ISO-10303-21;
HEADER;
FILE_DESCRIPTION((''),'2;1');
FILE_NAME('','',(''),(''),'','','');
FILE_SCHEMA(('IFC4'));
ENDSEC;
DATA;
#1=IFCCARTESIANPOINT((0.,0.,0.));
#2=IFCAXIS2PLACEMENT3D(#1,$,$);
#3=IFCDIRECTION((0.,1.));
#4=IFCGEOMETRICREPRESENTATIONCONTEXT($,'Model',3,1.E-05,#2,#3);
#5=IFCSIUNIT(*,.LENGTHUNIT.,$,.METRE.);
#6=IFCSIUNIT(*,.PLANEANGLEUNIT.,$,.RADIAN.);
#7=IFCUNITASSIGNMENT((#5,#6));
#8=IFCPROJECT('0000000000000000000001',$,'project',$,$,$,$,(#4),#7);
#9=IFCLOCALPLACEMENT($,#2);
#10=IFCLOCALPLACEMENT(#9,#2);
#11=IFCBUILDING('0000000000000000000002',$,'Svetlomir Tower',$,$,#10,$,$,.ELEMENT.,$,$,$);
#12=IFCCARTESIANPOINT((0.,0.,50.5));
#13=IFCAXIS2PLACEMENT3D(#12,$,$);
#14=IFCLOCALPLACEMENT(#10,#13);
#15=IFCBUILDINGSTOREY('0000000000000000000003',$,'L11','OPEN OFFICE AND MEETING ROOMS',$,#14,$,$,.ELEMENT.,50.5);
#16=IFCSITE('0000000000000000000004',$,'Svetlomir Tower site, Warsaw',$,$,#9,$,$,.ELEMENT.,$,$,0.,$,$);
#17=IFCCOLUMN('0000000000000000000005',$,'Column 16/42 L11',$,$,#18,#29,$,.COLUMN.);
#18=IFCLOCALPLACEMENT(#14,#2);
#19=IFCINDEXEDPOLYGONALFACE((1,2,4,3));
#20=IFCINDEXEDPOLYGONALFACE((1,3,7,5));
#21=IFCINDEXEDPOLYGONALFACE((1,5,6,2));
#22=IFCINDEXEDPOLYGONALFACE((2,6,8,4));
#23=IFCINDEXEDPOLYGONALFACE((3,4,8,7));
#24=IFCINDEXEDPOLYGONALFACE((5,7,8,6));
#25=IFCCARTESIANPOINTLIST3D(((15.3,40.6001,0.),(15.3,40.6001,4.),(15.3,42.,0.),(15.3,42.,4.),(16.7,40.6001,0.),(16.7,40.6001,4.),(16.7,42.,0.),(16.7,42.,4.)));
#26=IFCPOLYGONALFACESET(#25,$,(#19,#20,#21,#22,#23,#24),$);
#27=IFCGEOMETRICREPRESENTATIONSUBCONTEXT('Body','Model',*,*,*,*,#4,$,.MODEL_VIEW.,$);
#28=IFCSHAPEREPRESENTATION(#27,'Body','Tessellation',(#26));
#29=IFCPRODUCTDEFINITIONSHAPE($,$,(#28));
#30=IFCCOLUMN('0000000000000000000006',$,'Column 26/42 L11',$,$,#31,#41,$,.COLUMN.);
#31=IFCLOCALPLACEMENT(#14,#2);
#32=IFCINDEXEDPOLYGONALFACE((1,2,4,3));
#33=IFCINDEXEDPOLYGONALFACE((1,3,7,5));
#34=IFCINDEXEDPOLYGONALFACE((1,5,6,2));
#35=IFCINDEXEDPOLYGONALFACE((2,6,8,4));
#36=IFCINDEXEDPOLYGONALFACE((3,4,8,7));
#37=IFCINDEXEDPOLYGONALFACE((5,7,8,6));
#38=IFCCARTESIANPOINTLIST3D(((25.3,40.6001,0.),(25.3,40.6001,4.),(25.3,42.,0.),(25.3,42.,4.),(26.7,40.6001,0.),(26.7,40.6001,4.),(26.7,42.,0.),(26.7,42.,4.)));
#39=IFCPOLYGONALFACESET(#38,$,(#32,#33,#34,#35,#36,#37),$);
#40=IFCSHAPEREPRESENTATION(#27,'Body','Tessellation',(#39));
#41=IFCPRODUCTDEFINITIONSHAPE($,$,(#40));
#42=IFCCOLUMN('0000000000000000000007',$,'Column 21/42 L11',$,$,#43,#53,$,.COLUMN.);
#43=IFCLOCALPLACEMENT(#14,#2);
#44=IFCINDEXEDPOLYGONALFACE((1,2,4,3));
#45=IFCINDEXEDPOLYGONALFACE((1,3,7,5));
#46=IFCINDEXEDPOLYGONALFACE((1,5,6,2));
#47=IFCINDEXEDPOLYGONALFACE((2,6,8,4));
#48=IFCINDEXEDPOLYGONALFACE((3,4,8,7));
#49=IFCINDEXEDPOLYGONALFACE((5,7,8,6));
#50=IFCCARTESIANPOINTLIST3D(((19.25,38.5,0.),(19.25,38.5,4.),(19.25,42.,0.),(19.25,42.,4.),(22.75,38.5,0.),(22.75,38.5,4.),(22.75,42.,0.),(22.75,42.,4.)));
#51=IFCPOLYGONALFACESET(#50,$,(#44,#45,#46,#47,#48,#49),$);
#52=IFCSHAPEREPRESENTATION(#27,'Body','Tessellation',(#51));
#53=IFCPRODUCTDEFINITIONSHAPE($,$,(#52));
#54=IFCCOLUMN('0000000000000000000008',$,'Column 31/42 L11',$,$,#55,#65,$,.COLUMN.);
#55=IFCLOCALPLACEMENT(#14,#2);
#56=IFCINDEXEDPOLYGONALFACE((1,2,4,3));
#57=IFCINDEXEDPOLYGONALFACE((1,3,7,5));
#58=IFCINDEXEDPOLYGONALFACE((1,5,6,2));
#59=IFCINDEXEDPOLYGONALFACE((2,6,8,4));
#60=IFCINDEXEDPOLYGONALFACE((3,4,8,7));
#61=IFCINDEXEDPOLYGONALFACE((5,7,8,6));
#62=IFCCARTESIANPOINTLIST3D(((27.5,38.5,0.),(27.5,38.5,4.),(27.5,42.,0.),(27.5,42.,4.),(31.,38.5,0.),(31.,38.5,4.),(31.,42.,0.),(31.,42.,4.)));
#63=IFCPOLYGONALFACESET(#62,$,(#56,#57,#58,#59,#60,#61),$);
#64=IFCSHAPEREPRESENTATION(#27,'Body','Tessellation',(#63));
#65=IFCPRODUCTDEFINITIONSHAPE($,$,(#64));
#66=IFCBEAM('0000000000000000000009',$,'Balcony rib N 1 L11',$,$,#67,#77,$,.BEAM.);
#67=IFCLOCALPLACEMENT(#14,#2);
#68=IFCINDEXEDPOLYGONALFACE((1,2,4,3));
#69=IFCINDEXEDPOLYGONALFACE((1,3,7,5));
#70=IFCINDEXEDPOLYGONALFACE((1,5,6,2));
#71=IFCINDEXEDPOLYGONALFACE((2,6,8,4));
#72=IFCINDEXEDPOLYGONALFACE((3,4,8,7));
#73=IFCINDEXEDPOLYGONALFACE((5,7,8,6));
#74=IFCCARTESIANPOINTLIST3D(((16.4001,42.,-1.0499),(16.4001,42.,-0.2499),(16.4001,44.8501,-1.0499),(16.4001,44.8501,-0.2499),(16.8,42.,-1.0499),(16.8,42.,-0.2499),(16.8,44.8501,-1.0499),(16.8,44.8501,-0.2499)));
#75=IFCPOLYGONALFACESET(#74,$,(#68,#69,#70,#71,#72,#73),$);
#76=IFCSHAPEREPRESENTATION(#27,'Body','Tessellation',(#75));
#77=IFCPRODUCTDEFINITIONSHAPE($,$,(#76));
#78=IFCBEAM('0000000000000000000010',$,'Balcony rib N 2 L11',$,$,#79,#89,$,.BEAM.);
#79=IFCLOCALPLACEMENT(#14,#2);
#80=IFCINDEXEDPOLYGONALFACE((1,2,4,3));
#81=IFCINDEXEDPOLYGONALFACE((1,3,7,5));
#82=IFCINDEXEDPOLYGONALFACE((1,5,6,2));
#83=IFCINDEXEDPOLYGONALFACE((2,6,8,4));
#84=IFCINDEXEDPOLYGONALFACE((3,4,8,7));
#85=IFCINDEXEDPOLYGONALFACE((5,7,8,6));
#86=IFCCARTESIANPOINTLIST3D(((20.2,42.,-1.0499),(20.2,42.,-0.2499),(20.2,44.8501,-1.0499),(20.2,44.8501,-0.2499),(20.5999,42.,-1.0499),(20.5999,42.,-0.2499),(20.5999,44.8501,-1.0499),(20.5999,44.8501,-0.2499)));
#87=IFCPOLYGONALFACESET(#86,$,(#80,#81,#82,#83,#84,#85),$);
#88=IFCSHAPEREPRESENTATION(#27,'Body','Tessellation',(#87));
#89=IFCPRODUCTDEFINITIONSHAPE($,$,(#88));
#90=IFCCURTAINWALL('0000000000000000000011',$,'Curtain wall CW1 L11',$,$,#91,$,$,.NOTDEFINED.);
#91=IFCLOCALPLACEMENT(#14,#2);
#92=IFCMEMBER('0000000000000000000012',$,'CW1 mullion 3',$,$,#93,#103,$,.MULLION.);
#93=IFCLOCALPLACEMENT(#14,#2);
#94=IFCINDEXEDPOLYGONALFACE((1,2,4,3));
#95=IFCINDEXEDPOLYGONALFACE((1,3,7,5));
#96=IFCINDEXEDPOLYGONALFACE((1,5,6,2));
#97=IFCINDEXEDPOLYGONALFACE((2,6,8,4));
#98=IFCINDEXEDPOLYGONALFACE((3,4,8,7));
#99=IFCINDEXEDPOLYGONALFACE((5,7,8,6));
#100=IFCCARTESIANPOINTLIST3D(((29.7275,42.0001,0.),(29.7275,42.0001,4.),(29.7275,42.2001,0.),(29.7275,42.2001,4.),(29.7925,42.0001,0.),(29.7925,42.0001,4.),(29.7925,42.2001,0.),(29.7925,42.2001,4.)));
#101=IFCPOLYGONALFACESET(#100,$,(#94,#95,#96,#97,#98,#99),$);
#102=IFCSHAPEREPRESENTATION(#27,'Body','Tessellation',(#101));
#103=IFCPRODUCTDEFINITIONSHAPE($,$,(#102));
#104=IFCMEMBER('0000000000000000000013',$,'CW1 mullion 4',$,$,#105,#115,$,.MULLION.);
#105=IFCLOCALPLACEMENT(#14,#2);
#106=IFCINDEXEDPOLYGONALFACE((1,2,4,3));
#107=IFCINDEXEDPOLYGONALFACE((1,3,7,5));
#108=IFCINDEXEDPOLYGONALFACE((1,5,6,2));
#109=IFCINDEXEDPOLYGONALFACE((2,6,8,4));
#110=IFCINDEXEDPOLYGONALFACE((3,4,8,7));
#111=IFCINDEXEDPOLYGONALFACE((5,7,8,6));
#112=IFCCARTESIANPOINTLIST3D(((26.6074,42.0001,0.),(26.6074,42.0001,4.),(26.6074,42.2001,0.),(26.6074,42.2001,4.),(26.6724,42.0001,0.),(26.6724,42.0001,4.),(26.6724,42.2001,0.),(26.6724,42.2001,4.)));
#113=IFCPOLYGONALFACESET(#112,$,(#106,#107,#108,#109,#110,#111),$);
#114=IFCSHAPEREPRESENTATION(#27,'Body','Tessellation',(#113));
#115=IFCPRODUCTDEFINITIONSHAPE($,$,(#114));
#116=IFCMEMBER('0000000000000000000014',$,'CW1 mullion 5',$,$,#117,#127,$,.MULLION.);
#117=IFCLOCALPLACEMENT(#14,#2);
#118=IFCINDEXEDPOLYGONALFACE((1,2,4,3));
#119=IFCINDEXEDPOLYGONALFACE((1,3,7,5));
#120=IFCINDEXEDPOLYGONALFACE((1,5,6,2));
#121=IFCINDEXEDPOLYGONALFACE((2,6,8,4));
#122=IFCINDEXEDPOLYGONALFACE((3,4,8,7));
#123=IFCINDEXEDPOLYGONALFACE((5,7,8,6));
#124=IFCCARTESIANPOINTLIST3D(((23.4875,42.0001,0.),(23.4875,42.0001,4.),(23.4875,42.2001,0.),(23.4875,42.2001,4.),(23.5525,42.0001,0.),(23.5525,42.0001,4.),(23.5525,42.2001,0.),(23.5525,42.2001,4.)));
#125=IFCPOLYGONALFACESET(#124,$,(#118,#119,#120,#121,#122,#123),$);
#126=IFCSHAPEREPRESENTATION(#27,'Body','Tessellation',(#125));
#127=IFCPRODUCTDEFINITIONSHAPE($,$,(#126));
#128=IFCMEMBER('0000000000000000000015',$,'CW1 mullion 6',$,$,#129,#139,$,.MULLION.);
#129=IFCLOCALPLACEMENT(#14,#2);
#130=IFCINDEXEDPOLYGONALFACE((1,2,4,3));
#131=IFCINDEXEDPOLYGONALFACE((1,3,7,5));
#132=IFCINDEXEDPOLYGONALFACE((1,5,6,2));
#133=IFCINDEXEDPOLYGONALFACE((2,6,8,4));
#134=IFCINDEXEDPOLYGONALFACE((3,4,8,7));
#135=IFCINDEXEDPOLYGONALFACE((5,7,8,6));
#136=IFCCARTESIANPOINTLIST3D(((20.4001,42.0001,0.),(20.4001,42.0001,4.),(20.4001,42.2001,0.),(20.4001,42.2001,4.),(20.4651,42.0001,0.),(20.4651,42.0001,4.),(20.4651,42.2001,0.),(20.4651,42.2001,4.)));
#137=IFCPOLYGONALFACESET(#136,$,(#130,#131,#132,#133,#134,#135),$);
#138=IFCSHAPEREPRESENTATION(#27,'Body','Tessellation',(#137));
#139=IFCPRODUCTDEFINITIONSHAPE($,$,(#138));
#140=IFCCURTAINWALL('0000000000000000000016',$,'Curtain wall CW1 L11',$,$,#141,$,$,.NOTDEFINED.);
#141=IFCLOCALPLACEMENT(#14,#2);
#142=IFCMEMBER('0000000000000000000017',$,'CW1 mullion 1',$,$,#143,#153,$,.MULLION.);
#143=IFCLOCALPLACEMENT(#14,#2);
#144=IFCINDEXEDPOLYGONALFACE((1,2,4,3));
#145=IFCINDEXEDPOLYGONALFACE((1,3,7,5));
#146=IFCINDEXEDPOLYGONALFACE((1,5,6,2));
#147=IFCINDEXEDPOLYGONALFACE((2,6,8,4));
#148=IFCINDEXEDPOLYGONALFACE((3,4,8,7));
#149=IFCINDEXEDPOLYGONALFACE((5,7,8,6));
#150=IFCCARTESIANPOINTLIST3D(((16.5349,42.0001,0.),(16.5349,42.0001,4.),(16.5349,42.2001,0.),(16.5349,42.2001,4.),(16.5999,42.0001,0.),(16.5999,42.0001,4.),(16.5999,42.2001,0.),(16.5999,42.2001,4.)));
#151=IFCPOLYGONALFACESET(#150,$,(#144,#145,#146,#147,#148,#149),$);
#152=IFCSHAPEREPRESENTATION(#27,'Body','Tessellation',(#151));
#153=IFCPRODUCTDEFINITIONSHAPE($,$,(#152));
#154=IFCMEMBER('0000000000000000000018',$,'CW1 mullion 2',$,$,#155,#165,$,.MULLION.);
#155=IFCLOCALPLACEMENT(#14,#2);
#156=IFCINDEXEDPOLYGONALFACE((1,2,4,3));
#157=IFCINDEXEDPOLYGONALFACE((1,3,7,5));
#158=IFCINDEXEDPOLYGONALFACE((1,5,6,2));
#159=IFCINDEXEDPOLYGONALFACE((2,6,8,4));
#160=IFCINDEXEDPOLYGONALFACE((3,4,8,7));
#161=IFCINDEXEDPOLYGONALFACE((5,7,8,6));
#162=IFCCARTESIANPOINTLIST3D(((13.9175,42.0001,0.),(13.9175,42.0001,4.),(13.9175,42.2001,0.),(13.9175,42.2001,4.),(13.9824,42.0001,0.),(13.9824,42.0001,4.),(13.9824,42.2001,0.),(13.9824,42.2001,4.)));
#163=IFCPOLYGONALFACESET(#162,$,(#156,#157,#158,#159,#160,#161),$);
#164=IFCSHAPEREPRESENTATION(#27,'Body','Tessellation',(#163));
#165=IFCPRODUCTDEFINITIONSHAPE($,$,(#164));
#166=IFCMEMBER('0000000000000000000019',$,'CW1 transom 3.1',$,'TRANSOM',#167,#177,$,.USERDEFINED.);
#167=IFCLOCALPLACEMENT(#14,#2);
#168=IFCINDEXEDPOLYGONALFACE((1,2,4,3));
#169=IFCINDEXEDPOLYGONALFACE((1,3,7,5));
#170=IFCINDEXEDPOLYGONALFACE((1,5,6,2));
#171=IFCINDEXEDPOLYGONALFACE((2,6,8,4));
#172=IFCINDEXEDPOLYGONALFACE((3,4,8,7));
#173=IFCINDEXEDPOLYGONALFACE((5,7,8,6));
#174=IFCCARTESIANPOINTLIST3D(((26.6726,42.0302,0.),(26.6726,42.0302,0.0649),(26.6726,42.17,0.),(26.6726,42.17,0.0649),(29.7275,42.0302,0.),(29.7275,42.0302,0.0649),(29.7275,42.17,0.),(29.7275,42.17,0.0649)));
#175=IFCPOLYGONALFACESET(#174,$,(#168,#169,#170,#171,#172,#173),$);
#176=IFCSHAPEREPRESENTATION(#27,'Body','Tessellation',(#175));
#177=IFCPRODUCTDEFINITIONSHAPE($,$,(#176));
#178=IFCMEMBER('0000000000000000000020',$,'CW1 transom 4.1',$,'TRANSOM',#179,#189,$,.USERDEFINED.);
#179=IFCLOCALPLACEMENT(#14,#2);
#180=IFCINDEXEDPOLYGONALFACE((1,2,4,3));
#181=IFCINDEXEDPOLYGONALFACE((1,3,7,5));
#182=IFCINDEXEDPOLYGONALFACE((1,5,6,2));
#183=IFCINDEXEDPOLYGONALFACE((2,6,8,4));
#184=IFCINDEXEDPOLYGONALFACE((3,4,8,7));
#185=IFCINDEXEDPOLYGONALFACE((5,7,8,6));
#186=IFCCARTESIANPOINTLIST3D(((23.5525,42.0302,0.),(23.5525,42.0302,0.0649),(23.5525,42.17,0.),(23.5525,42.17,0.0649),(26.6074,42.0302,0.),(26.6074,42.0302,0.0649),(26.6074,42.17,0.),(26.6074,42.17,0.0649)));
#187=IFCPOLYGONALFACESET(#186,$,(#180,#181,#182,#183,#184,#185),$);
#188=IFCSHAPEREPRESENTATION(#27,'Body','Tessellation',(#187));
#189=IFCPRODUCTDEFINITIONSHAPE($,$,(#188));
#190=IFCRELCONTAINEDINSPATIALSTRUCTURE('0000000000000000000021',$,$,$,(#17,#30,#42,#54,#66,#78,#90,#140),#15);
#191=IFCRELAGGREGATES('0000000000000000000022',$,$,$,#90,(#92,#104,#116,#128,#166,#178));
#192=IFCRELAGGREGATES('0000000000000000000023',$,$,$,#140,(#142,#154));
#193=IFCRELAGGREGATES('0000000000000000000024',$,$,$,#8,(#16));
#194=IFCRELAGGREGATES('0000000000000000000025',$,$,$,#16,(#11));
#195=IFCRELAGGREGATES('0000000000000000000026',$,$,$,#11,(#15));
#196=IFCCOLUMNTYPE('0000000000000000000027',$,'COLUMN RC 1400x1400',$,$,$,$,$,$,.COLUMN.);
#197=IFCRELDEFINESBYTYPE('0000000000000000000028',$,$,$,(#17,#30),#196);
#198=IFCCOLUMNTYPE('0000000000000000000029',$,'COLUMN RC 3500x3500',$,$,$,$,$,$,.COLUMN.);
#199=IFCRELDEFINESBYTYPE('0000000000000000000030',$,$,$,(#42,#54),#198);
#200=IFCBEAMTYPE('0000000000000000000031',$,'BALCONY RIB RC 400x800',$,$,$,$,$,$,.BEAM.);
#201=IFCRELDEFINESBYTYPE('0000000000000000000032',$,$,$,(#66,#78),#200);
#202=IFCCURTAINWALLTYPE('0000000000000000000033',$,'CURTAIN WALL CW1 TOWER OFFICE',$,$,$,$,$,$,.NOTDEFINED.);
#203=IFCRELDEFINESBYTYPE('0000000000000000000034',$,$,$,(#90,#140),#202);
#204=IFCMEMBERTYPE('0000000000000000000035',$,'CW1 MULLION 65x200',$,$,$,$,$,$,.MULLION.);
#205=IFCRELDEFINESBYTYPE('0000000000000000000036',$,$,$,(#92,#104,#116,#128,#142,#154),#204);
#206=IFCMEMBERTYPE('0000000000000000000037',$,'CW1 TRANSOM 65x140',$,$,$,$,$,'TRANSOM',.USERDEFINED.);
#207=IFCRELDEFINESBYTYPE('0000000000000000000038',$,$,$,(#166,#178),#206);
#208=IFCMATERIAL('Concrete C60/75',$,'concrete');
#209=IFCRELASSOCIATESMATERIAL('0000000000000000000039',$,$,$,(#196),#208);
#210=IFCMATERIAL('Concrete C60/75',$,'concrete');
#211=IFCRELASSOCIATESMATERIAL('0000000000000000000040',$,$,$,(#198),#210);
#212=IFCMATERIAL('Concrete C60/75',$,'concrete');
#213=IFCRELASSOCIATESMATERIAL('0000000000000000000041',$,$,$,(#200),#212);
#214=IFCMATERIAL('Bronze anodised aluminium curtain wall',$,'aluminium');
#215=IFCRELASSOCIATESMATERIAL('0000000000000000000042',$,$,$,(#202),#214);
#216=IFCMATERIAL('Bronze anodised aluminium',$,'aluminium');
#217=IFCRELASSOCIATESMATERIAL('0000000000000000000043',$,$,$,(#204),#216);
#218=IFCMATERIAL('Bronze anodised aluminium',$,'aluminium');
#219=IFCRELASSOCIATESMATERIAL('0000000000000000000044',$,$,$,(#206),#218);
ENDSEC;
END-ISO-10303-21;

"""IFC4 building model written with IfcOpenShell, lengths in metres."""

from ifc_helpers import new_model, si_unit, direction, frame, origin, origin_2d, place, context, subcontext, project, spatial, rectangle, extrude, material, material_profile, profile_set, type_object, element, aggregate, save


model = new_model("IFC4")

# Units and contexts
model_context = context("Model", 3, precision=1e-05, world=origin(), true_north=direction((0.0, 1.0)))
body_context = subcontext(model_context, "Body", "Model", "MODEL_VIEW")
ifc_project = project(units=[si_unit("LENGTHUNIT", "METRE"), si_unit("PLANEANGLEUNIT", "RADIAN")], contexts=[model_context])

# Site, building, storey
site_placement = place(None, origin())
site = spatial("IfcSite", under=ifc_project, at=site_placement, Name="Svetlomir Tower site, Warsaw", CompositionType="ELEMENT", RefElevation=0.0)
building_placement = place(site_placement, origin())
building = spatial("IfcBuilding", under=site, at=building_placement, Name="Svetlomir Tower", CompositionType="ELEMENT")
storey_placement = place(building_placement, frame((0.0, 0.0, 50.5)))
storey = spatial("IfcBuildingStorey", under=building, at=storey_placement, Name="L11", Description="OPEN OFFICE AND MEETING ROOMS", CompositionType="ELEMENT", Elevation=50.5)

# Columns
ifc_material_1 = material(Name="Concrete C60/75", Category="concrete")
ifc_material_profile_1 = material_profile(ifc_material_1, rectangle(XDim=1.3999, YDim=1.3999, at=origin_2d()), Name="RC 1400x1400")
ifc_profile_set_1 = profile_set([ifc_material_profile_1], Name="Concrete C60/75")
column_type_1 = type_object("IfcColumnType", Name="COLUMN RC 1400x1400", PredefinedType="COLUMN", material=ifc_profile_set_1)
for number, where, z_axis, x_axis, name in (
    (1, (16.0, 41.3, 0.0), (0.0, 0.0, 1.0), (1.0, 0.0, 0.0), "Column 16/42 L11"),
    (2, (26.0, 41.3, 0.0), (0.0, 0.0, 1.0), (1.0, 0.0, 0.0), "Column 26/42 L11"),
):
    element("IfcColumn", number, at=place(storey_placement, frame(where, z_axis=z_axis, x_axis=x_axis)), inside=storey, type_object=column_type_1, Name=name, PredefinedType="COLUMN", context=body_context, shape_type="SweptSolid", body=[
        extrude(rectangle(XDim=1.3999, YDim=1.3999, at=origin_2d()), origin(), (0.0, 0.0, 1.0), 4.0),
    ])
ifc_material_2 = material(Name="Concrete C60/75", Category="concrete")
ifc_material_profile_2 = material_profile(ifc_material_2, rectangle(XDim=3.5, YDim=3.5, at=origin_2d()), Name="RC 3500x3500")
ifc_profile_set_2 = profile_set([ifc_material_profile_2], Name="Concrete C60/75")
column_type_2 = type_object("IfcColumnType", Name="COLUMN RC 3500x3500", PredefinedType="COLUMN", material=ifc_profile_set_2)
for number, where, z_axis, x_axis, name in (
    (3, (21.0, 40.25, 0.0), (0.0, 0.0, 1.0), (1.0, 0.0, 0.0), "Column 21/42 L11"),
    (4, (29.25, 40.25, 0.0), (0.0, 0.0, 1.0), (1.0, 0.0, 0.0), "Column 31/42 L11"),
):
    element("IfcColumn", number, at=place(storey_placement, frame(where, z_axis=z_axis, x_axis=x_axis)), inside=storey, type_object=column_type_2, Name=name, PredefinedType="COLUMN", context=body_context, shape_type="SweptSolid", body=[
        extrude(rectangle(XDim=3.5, YDim=3.5, at=origin_2d()), origin(), (0.0, 0.0, 1.0), 4.0),
    ])

# Beams
ifc_material_3 = material(Name="Concrete C60/75", Category="concrete")
ifc_material_profile_3 = material_profile(ifc_material_3, rectangle(XDim=0.3999, YDim=0.8, at=origin_2d()), Name="RC 400x800")
ifc_profile_set_3 = profile_set([ifc_material_profile_3], Name="Concrete C60/75")
beam_type_1 = type_object("IfcBeamType", Name="BALCONY RIB RC 400x800", PredefinedType="BEAM", material=ifc_profile_set_3)
for number, where, z_axis, x_axis, name in (
    (5, (16.6001, 42.0, -0.6499), (0.0, 1.0, 0.0), (-1.0, 0.0, 0.0), "Balcony rib N 1 L11"),
    (6, (20.3999, 42.0, -0.6499), (0.0, 1.0, 0.0), (-1.0, 0.0, 0.0), "Balcony rib N 2 L11"),
):
    element("IfcBeam", number, at=place(storey_placement, frame(where, z_axis=z_axis, x_axis=x_axis)), inside=storey, type_object=beam_type_1, Name=name, PredefinedType="BEAM", context=body_context, shape_type="SweptSolid", body=[
        extrude(rectangle(XDim=0.3999, YDim=0.8, at=origin_2d()), origin(), (0.0, 0.0, 1.0), 2.8501),
    ])

# Curtain walls, members
ifc_material_4 = material(Name="Bronze anodised aluminium curtain wall", Category="aluminium")
curtain_wall_type = type_object("IfcCurtainWallType", Name="CURTAIN WALL CW1 TOWER OFFICE", PredefinedType="NOTDEFINED", material=ifc_material_4)
curtain_wall_1_placement = place(storey_placement, origin())
curtain_wall_1 = element("IfcCurtainWall", 7, at=curtain_wall_1_placement, inside=storey, type_object=curtain_wall_type, Name="Curtain wall CW1 L11", PredefinedType="NOTDEFINED")
ifc_material_5 = material(Name="Bronze anodised aluminium", Category="aluminium")
ifc_material_profile_4 = material_profile(ifc_material_5, rectangle(XDim=0.0649, YDim=0.2, at=origin_2d()), Name="AL 65x200")
ifc_profile_set_4 = profile_set([ifc_material_profile_4], Name="Bronze anodised aluminium 6063-T6")
member_type_1 = type_object("IfcMemberType", Name="CW1 MULLION 65x200", PredefinedType="MULLION", material=ifc_profile_set_4)
member_1_placement = place(storey_placement, frame((29.76, 42.1001, 0.0), z_axis=(0.0, 0.0, 1.0), x_axis=(-1.0, 0.0, 0.0)))
member_1 = element("IfcMember", 8, at=member_1_placement, type_object=member_type_1, Name="CW1 mullion 3", PredefinedType="MULLION", context=body_context, shape_type="SweptSolid", body=[
    extrude(rectangle(XDim=0.0649, YDim=0.2, at=origin_2d()), origin(), (0.0, 0.0, 1.0), 4.0),
])
member_2_placement = place(storey_placement, frame((26.6399, 42.1001, 0.0), z_axis=(0.0, 0.0, 1.0), x_axis=(-1.0, 0.0, 0.0)))
member_2 = element("IfcMember", 9, at=member_2_placement, type_object=member_type_1, Name="CW1 mullion 4", PredefinedType="MULLION", context=body_context, shape_type="SweptSolid", body=[
    extrude(rectangle(XDim=0.0649, YDim=0.2, at=origin_2d()), origin(), (0.0, 0.0, 1.0), 4.0),
])
member_3_placement = place(storey_placement, frame((23.52, 42.1001, 0.0), z_axis=(0.0, 0.0, 1.0), x_axis=(-1.0, 0.0, 0.0)))
member_3 = element("IfcMember", 10, at=member_3_placement, type_object=member_type_1, Name="CW1 mullion 5", PredefinedType="MULLION", context=body_context, shape_type="SweptSolid", body=[
    extrude(rectangle(XDim=0.0649, YDim=0.2, at=origin_2d()), origin(), (0.0, 0.0, 1.0), 4.0),
])
member_4_placement = place(storey_placement, frame((20.4326, 42.1001, 0.0), z_axis=(0.0, 0.0, 1.0), x_axis=(-1.0, 0.0, 0.0)))
member_4 = element("IfcMember", 11, at=member_4_placement, type_object=member_type_1, Name="CW1 mullion 6", PredefinedType="MULLION", context=body_context, shape_type="SweptSolid", body=[
    extrude(rectangle(XDim=0.0649, YDim=0.2, at=origin_2d()), origin(), (0.0, 0.0, 1.0), 4.0),
])
curtain_wall_2_placement = place(storey_placement, origin())
curtain_wall_2 = element("IfcCurtainWall", 12, at=curtain_wall_2_placement, inside=storey, type_object=curtain_wall_type, Name="Curtain wall CW1 L11", PredefinedType="NOTDEFINED")
member_5_placement = place(storey_placement, frame((16.5674, 42.1001, 0.0), z_axis=(0.0, 0.0, 1.0), x_axis=(-1.0, 0.0, 0.0)))
member_5 = element("IfcMember", 13, at=member_5_placement, type_object=member_type_1, Name="CW1 mullion 1", PredefinedType="MULLION", context=body_context, shape_type="SweptSolid", body=[
    extrude(rectangle(XDim=0.0649, YDim=0.2, at=origin_2d()), origin(), (0.0, 0.0, 1.0), 4.0),
])
member_6_placement = place(storey_placement, frame((13.95, 42.1001, 0.0), z_axis=(0.0, 0.0, 1.0), x_axis=(-1.0, 0.0, 0.0)))
member_6 = element("IfcMember", 14, at=member_6_placement, type_object=member_type_1, Name="CW1 mullion 2", PredefinedType="MULLION", context=body_context, shape_type="SweptSolid", body=[
    extrude(rectangle(XDim=0.0649, YDim=0.2, at=origin_2d()), origin(), (0.0, 0.0, 1.0), 4.0),
])

# Members
ifc_material_6 = material(Name="Bronze anodised aluminium", Category="aluminium")
ifc_material_profile_5 = material_profile(ifc_material_6, rectangle(XDim=0.1399, YDim=0.0649, at=origin_2d()), Name="AL 140x65")
ifc_profile_set_5 = profile_set([ifc_material_profile_5], Name="Bronze anodised aluminium 6063-T6")
member_type_2 = type_object("IfcMemberType", Name="CW1 TRANSOM 65x140", ElementType="TRANSOM", PredefinedType="USERDEFINED", material=ifc_profile_set_5)
member_7_placement = place(storey_placement, frame((29.7275, 42.1001, 0.0325), z_axis=(-1.0, 0.0, 0.0), x_axis=(0.0, -1.0, 0.0)))
member_7 = element("IfcMember", 15, at=member_7_placement, type_object=member_type_2, Name="CW1 transom 3.1", ObjectType="TRANSOM", PredefinedType="USERDEFINED", context=body_context, shape_type="SweptSolid", body=[
    extrude(rectangle(XDim=0.1399, YDim=0.0649, at=origin_2d()), origin(), (0.0, 0.0, 1.0), 3.0549),
])
member_8_placement = place(storey_placement, frame((26.6074, 42.1001, 0.0325), z_axis=(-1.0, 0.0, 0.0), x_axis=(0.0, -1.0, 0.0)))
member_8 = element("IfcMember", 16, at=member_8_placement, type_object=member_type_2, Name="CW1 transom 4.1", ObjectType="TRANSOM", PredefinedType="USERDEFINED", context=body_context, shape_type="SweptSolid", body=[
    extrude(rectangle(XDim=0.1399, YDim=0.0649, at=origin_2d()), origin(), (0.0, 0.0, 1.0), 3.0549),
])

aggregate(curtain_wall_1, [member_1, member_2, member_3, member_4, member_7, member_8])
aggregate(curtain_wall_2, [member_5, member_6])

save(model, "model.ifc")
